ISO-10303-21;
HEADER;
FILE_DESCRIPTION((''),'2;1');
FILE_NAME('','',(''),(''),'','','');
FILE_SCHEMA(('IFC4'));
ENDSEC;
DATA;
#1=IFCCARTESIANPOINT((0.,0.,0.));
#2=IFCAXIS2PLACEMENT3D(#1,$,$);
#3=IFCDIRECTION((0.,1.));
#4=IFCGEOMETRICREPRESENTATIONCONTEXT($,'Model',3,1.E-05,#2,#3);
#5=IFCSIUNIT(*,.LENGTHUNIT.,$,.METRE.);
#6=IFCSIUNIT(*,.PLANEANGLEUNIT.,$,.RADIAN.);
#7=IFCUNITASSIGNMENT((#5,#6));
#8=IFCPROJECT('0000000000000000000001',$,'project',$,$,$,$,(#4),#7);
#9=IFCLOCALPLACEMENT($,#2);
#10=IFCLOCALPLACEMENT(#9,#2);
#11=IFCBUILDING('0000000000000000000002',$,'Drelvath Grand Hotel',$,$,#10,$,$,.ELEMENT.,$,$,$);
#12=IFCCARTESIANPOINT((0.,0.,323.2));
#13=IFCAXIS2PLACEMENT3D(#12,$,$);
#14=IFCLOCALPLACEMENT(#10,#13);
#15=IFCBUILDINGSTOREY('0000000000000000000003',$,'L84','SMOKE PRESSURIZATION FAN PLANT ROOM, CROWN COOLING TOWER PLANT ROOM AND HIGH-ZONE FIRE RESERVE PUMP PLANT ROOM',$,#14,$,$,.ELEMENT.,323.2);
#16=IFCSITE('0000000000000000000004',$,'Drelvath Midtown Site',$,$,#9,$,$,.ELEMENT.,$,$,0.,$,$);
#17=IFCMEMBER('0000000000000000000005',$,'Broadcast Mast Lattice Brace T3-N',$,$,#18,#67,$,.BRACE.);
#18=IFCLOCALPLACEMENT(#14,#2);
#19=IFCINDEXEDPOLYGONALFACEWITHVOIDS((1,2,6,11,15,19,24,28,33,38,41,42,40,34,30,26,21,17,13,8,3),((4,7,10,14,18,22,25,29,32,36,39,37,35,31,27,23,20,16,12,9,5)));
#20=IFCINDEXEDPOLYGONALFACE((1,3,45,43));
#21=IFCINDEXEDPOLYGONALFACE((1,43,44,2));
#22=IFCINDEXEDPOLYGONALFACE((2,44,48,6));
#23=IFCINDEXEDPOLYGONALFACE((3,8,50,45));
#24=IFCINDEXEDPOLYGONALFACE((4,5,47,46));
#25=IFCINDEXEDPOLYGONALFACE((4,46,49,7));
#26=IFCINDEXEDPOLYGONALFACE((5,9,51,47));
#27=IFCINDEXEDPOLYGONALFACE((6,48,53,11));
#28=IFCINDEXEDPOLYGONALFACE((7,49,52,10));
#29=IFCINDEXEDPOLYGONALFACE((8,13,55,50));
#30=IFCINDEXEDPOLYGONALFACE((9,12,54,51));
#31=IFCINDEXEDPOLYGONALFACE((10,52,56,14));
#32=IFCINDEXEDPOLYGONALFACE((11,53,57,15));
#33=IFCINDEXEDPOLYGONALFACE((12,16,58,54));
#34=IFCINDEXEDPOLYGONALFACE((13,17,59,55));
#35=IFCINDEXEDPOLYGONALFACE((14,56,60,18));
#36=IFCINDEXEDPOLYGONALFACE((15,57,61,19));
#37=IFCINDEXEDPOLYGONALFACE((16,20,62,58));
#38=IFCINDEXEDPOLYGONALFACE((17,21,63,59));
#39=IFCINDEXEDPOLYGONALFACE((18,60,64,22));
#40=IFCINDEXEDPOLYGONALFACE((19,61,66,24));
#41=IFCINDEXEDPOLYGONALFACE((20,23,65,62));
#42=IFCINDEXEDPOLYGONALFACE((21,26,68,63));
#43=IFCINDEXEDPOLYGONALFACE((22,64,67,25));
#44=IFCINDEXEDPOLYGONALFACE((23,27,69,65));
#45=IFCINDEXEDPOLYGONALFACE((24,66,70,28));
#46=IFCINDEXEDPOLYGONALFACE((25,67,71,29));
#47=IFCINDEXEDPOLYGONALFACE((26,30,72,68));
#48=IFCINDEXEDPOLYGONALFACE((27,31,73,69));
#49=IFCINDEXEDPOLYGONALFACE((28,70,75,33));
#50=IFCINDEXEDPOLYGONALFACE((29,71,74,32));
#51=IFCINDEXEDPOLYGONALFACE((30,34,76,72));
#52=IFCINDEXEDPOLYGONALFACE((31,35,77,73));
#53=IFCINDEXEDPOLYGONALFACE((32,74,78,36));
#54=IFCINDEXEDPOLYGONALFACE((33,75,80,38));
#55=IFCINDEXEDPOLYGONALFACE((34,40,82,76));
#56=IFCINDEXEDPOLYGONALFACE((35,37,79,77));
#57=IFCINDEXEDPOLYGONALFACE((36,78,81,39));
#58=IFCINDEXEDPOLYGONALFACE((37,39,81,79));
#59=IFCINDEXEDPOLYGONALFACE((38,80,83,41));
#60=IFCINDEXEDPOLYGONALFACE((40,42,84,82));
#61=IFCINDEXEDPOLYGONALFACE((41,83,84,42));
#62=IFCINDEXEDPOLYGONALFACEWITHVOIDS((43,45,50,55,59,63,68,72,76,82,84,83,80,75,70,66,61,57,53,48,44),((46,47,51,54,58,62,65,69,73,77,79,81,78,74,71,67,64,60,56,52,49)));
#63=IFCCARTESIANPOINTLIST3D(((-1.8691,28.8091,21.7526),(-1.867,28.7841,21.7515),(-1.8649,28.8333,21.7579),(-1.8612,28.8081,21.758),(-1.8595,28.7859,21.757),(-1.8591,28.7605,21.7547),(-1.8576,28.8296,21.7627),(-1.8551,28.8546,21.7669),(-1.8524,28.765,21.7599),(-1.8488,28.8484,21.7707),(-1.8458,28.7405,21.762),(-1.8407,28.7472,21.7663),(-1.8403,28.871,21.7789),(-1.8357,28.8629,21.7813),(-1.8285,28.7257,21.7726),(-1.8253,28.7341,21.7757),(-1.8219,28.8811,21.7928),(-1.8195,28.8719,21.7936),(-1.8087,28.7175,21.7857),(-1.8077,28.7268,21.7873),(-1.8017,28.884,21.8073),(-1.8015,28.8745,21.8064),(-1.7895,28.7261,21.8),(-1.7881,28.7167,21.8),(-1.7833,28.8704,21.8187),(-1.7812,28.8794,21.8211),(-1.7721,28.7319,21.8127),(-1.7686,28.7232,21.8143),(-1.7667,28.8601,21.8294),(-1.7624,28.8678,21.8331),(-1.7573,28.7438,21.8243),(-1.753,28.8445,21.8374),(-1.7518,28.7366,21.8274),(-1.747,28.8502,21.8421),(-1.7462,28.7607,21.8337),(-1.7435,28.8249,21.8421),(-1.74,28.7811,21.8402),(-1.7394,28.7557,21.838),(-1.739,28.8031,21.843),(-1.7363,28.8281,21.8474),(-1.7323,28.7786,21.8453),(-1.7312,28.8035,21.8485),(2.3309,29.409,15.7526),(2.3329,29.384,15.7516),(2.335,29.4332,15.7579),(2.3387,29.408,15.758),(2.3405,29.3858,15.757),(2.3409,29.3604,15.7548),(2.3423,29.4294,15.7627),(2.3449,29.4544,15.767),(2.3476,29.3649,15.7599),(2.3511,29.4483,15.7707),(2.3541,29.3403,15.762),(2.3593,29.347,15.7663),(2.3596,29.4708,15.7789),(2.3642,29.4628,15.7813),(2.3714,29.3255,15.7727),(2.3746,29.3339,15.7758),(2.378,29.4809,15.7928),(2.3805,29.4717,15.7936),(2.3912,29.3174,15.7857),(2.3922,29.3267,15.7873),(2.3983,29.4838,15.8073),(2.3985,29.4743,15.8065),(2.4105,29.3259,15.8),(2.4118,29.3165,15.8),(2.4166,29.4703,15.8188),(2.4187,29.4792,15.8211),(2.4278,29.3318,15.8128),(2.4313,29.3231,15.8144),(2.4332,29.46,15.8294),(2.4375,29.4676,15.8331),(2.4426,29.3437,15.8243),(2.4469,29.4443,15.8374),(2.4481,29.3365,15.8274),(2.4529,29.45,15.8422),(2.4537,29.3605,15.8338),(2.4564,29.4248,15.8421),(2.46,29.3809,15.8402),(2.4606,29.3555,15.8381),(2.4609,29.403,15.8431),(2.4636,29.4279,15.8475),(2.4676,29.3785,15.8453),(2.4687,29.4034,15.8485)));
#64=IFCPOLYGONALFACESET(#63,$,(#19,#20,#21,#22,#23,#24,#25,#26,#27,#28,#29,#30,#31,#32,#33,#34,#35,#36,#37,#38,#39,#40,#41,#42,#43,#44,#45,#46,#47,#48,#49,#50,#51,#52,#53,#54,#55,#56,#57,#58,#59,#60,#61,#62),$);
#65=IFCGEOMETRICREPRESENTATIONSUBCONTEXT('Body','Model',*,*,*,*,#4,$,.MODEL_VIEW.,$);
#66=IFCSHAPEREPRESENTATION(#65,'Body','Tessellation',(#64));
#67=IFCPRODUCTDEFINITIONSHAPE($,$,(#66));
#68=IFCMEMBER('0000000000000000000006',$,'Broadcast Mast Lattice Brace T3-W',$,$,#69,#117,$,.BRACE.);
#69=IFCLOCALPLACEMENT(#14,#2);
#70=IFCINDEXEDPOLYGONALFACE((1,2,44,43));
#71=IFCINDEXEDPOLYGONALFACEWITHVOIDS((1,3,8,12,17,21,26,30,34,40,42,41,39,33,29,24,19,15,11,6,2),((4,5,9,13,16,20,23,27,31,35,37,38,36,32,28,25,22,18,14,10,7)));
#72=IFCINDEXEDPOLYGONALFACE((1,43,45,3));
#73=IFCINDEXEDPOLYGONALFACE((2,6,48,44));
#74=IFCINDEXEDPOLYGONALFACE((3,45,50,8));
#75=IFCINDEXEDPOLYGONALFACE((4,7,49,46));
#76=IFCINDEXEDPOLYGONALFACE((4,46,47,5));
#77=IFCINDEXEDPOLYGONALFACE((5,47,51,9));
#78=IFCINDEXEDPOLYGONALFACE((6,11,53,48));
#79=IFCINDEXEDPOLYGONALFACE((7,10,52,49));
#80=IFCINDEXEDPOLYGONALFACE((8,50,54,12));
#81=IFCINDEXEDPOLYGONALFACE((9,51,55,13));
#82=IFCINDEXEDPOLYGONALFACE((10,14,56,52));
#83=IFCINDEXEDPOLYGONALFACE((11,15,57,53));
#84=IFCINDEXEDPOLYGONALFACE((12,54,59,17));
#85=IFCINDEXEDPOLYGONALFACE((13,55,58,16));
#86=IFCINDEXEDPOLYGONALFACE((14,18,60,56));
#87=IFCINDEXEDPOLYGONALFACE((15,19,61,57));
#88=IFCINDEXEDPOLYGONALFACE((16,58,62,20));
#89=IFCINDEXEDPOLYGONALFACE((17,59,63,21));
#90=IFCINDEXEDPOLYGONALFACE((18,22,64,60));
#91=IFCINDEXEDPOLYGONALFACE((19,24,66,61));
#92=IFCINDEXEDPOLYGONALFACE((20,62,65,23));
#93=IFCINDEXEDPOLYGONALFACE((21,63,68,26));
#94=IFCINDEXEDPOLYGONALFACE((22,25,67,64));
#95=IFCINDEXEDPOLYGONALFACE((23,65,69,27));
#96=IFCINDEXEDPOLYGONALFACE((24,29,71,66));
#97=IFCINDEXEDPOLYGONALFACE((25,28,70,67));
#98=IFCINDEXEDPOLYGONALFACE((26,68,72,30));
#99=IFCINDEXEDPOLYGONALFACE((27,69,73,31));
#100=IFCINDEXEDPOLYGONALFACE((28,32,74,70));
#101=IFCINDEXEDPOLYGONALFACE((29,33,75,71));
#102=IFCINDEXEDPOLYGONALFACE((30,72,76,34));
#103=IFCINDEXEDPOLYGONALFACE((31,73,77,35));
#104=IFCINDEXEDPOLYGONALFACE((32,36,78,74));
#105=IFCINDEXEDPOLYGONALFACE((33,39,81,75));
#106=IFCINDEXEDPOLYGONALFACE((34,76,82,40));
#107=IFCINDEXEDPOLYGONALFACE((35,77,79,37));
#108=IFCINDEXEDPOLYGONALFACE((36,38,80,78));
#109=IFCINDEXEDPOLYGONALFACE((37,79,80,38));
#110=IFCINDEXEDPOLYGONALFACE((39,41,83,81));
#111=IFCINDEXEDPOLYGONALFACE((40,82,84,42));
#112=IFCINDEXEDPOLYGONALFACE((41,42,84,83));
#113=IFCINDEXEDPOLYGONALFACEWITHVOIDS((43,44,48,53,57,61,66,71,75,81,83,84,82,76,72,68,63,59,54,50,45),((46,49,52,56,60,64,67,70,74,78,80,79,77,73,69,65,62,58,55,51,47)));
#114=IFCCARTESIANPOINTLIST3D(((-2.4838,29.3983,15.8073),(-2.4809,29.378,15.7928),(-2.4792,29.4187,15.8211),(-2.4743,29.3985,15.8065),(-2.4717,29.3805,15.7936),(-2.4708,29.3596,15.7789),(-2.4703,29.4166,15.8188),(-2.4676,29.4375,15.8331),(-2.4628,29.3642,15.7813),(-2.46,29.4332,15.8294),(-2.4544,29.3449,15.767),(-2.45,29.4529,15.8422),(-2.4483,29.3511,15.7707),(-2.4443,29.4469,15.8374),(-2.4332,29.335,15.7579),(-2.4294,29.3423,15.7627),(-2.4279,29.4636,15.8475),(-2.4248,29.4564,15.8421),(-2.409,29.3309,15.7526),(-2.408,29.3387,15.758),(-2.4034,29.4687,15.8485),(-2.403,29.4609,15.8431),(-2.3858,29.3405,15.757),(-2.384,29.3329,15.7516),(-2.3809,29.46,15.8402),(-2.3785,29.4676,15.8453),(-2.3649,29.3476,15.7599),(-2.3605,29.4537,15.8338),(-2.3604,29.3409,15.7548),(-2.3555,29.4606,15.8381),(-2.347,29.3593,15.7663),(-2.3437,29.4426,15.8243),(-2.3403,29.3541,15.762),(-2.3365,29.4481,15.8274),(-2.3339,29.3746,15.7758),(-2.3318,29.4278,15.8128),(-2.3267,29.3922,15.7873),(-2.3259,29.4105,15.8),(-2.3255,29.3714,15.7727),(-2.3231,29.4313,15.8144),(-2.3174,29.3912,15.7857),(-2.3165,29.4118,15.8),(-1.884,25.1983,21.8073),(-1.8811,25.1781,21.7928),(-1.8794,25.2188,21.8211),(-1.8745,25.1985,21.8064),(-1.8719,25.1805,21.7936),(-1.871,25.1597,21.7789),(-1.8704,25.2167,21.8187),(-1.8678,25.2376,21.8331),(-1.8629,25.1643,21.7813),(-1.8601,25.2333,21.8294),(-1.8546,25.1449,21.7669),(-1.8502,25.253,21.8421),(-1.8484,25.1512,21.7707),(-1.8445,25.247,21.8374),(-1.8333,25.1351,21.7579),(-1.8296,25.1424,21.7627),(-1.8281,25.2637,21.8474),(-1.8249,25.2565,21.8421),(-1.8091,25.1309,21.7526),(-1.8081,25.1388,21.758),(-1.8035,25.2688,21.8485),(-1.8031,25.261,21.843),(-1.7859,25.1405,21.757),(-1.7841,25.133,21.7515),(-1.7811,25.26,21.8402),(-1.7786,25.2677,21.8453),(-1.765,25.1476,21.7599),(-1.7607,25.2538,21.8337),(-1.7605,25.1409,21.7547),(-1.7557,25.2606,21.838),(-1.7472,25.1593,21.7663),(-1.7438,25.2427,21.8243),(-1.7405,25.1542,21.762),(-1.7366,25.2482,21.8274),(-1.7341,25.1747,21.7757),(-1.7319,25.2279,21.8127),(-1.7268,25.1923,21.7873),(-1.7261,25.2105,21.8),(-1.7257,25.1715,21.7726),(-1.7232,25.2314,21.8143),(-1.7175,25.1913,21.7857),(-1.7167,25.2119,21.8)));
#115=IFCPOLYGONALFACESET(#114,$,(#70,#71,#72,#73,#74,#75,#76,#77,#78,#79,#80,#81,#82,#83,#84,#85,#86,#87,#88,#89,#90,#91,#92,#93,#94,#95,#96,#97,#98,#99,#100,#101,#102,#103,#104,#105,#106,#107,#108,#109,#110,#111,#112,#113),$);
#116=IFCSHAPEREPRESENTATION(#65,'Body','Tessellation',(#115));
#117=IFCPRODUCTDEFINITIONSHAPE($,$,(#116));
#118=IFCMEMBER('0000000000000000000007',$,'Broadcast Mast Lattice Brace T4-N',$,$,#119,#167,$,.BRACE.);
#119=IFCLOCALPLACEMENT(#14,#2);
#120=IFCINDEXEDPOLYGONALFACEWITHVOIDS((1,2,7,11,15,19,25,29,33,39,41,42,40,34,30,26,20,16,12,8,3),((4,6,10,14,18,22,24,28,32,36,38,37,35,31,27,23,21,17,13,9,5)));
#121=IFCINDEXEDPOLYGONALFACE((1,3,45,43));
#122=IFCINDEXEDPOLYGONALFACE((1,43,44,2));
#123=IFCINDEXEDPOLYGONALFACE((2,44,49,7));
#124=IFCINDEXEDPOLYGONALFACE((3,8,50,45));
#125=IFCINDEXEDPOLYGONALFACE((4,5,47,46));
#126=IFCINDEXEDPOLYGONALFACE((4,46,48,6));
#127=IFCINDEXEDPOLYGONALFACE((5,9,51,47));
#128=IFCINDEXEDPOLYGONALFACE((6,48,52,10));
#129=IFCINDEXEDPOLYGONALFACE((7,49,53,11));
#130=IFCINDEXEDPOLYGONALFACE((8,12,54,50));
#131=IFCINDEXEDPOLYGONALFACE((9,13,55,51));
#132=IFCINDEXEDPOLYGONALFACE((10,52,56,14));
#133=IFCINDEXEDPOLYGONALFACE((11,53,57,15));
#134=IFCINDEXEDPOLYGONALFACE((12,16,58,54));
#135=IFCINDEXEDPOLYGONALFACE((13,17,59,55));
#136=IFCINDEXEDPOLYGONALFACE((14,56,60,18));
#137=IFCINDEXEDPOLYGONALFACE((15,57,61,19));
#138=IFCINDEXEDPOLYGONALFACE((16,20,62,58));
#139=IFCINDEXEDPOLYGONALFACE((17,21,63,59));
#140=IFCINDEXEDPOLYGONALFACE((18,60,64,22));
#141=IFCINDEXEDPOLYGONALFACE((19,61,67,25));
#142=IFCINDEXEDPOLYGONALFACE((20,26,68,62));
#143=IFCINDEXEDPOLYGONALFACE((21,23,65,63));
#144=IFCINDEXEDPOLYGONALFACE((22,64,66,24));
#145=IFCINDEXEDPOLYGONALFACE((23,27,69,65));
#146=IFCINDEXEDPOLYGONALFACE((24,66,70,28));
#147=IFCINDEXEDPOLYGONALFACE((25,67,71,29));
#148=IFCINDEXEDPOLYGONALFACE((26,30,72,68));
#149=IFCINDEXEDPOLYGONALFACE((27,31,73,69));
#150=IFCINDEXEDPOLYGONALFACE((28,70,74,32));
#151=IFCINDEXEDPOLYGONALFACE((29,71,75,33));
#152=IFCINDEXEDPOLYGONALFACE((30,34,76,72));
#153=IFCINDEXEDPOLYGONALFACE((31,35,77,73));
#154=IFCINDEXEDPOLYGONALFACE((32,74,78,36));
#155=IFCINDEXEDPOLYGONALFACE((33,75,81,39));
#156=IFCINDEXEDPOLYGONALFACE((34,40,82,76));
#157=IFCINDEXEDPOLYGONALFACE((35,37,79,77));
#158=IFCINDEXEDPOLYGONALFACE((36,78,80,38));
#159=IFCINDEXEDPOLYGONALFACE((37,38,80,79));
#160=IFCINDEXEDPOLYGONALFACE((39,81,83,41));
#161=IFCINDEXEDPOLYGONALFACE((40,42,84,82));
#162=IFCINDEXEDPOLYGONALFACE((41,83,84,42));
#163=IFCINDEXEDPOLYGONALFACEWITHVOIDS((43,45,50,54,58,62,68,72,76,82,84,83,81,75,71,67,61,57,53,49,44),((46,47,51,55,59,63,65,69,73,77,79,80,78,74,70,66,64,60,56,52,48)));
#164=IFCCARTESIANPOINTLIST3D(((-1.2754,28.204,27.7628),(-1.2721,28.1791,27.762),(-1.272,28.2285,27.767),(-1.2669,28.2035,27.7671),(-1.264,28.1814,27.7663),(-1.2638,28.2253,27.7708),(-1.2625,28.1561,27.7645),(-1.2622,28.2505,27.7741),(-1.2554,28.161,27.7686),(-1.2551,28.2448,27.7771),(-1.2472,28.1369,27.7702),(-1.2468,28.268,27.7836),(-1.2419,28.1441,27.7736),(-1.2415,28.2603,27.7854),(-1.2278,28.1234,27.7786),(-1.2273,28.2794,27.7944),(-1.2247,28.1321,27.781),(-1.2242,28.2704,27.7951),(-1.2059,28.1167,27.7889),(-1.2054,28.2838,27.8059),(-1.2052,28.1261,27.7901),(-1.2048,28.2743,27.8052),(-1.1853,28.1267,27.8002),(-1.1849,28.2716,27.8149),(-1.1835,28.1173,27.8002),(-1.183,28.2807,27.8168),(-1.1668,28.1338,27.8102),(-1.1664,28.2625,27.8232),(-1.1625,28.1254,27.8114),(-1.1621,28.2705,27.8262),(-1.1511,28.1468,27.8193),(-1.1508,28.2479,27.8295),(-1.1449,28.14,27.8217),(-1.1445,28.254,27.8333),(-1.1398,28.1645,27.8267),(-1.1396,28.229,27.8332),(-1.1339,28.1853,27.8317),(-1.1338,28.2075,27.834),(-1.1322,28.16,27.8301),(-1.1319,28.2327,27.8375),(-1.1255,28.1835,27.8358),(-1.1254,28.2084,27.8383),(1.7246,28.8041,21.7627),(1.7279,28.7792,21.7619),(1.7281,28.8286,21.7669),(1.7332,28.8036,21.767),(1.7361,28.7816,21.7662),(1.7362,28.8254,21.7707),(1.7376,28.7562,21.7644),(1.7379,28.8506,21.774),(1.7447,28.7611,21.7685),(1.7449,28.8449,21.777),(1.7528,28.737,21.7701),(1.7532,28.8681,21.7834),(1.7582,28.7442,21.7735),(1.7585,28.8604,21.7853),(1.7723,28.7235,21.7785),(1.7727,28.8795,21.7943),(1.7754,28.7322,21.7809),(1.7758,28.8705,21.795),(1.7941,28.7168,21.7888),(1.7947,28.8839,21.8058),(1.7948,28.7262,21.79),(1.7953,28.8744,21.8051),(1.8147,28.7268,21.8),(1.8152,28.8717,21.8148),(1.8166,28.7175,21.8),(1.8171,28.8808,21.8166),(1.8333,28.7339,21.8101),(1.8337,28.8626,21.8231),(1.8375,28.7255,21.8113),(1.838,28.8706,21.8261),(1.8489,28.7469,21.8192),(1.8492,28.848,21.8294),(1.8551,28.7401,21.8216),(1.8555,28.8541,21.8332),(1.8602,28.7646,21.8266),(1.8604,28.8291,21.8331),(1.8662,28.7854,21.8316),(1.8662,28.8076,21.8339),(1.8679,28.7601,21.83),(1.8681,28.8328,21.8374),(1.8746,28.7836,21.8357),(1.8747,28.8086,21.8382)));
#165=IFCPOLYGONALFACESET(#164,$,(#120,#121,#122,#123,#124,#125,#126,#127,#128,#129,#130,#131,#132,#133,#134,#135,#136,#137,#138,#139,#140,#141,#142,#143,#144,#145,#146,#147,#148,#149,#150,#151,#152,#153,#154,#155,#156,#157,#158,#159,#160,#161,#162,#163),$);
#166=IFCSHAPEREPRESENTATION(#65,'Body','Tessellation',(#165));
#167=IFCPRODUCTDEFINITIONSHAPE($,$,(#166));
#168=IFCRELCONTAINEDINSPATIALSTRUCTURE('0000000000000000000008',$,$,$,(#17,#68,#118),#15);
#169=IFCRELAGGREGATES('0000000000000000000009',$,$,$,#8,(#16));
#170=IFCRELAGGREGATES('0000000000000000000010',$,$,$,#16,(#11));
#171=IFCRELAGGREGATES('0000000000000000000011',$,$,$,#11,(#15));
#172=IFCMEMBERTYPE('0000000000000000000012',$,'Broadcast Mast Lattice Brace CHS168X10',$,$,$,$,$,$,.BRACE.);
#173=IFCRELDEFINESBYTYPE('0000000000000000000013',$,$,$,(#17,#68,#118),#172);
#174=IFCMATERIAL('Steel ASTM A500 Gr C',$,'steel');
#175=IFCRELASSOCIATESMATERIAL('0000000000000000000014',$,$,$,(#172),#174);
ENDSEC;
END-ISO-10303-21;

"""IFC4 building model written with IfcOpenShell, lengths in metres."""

from ifc_helpers import new_model, si_unit, direction, frame, origin, origin_2d, place, context, subcontext, project, spatial, hollow_circle, extrude, material, material_profile, profile_set, type_object, element, save


model = new_model("IFC4")

# Units and contexts
model_context = context("Model", 3, precision=1e-05, world=origin(), true_north=direction((0.0, 1.0)))
body_context = subcontext(model_context, "Body", "Model", "MODEL_VIEW")
ifc_project = project(units=[si_unit("LENGTHUNIT", "METRE"), si_unit("PLANEANGLEUNIT", "RADIAN")], contexts=[model_context])

# Site, building, storey
site_placement = place(None, origin())
site = spatial("IfcSite", under=ifc_project, at=site_placement, Name="Drelvath Midtown Site", CompositionType="ELEMENT", RefElevation=0.0)
building_placement = place(site_placement, origin())
building = spatial("IfcBuilding", under=site, at=building_placement, Name="Drelvath Grand Hotel", CompositionType="ELEMENT")
storey_placement = place(building_placement, frame((0.0, 0.0, 323.2)))
storey = spatial("IfcBuildingStorey", under=building, at=storey_placement, Name="L84", Description="SMOKE PRESSURIZATION FAN PLANT ROOM, CROWN COOLING TOWER PLANT ROOM AND HIGH-ZONE FIRE RESERVE PUMP PLANT ROOM", CompositionType="ELEMENT", Elevation=323.2)

# Members
ifc_material_1 = material(Name="Steel ASTM A500 Gr C", Category="steel")
ifc_material_profile_1 = material_profile(ifc_material_1, hollow_circle(Radius=0.0842, WallThickness=0.0095, at=origin_2d()), Name="CHS168X10")
ifc_profile_set_1 = profile_set([ifc_material_profile_1], Name="Steel ASTM A500 Gr C")
member_type_1 = type_object("IfcMemberType", Name="Broadcast Mast Lattice Brace CHS168X10", PredefinedType="BRACE", material=ifc_profile_set_1)
for number, where, z_axis, x_axis, name in (
    (1, (2.3999, 29.3999, 15.8), (-0.571544, -0.08163, 0.816501), (0.141389, -0.989954, 0.0), "Broadcast Mast Lattice Brace T3-N"),
    (2, (-2.3999, 29.3999, 15.8), (0.08163, -0.571544, 0.816501), (0.989954, 0.141389, 0.0), "Broadcast Mast Lattice Brace T3-W"),
):
    element("IfcMember", number, at=place(storey_placement, frame(where, z_axis=z_axis, x_axis=x_axis)), inside=storey, type_object=member_type_1, Name=name, PredefinedType="BRACE", context=body_context, shape_type="SweptSolid", body=[
        extrude(hollow_circle(Radius=0.0842, WallThickness=0.0095, at=origin_2d()), origin(), (0.0, 0.0, 1.0), 7.3484),
    ])
for number, where, z_axis, x_axis, name in (
    (3, (1.8, 28.8, 21.8), (-0.445435, -0.089101, 0.89087), (0.196147, -0.980575, 0.0), "Broadcast Mast Lattice Brace T4-N"),
):
    element("IfcMember", number, at=place(storey_placement, frame(where, z_axis=z_axis, x_axis=x_axis)), inside=storey, type_object=member_type_1, Name=name, PredefinedType="BRACE", context=body_context, shape_type="SweptSolid", body=[
        extrude(hollow_circle(Radius=0.0842, WallThickness=0.0095, at=origin_2d()), origin(), (0.0, 0.0, 1.0), 6.7351),
    ])

save(model, "model.ifc")
